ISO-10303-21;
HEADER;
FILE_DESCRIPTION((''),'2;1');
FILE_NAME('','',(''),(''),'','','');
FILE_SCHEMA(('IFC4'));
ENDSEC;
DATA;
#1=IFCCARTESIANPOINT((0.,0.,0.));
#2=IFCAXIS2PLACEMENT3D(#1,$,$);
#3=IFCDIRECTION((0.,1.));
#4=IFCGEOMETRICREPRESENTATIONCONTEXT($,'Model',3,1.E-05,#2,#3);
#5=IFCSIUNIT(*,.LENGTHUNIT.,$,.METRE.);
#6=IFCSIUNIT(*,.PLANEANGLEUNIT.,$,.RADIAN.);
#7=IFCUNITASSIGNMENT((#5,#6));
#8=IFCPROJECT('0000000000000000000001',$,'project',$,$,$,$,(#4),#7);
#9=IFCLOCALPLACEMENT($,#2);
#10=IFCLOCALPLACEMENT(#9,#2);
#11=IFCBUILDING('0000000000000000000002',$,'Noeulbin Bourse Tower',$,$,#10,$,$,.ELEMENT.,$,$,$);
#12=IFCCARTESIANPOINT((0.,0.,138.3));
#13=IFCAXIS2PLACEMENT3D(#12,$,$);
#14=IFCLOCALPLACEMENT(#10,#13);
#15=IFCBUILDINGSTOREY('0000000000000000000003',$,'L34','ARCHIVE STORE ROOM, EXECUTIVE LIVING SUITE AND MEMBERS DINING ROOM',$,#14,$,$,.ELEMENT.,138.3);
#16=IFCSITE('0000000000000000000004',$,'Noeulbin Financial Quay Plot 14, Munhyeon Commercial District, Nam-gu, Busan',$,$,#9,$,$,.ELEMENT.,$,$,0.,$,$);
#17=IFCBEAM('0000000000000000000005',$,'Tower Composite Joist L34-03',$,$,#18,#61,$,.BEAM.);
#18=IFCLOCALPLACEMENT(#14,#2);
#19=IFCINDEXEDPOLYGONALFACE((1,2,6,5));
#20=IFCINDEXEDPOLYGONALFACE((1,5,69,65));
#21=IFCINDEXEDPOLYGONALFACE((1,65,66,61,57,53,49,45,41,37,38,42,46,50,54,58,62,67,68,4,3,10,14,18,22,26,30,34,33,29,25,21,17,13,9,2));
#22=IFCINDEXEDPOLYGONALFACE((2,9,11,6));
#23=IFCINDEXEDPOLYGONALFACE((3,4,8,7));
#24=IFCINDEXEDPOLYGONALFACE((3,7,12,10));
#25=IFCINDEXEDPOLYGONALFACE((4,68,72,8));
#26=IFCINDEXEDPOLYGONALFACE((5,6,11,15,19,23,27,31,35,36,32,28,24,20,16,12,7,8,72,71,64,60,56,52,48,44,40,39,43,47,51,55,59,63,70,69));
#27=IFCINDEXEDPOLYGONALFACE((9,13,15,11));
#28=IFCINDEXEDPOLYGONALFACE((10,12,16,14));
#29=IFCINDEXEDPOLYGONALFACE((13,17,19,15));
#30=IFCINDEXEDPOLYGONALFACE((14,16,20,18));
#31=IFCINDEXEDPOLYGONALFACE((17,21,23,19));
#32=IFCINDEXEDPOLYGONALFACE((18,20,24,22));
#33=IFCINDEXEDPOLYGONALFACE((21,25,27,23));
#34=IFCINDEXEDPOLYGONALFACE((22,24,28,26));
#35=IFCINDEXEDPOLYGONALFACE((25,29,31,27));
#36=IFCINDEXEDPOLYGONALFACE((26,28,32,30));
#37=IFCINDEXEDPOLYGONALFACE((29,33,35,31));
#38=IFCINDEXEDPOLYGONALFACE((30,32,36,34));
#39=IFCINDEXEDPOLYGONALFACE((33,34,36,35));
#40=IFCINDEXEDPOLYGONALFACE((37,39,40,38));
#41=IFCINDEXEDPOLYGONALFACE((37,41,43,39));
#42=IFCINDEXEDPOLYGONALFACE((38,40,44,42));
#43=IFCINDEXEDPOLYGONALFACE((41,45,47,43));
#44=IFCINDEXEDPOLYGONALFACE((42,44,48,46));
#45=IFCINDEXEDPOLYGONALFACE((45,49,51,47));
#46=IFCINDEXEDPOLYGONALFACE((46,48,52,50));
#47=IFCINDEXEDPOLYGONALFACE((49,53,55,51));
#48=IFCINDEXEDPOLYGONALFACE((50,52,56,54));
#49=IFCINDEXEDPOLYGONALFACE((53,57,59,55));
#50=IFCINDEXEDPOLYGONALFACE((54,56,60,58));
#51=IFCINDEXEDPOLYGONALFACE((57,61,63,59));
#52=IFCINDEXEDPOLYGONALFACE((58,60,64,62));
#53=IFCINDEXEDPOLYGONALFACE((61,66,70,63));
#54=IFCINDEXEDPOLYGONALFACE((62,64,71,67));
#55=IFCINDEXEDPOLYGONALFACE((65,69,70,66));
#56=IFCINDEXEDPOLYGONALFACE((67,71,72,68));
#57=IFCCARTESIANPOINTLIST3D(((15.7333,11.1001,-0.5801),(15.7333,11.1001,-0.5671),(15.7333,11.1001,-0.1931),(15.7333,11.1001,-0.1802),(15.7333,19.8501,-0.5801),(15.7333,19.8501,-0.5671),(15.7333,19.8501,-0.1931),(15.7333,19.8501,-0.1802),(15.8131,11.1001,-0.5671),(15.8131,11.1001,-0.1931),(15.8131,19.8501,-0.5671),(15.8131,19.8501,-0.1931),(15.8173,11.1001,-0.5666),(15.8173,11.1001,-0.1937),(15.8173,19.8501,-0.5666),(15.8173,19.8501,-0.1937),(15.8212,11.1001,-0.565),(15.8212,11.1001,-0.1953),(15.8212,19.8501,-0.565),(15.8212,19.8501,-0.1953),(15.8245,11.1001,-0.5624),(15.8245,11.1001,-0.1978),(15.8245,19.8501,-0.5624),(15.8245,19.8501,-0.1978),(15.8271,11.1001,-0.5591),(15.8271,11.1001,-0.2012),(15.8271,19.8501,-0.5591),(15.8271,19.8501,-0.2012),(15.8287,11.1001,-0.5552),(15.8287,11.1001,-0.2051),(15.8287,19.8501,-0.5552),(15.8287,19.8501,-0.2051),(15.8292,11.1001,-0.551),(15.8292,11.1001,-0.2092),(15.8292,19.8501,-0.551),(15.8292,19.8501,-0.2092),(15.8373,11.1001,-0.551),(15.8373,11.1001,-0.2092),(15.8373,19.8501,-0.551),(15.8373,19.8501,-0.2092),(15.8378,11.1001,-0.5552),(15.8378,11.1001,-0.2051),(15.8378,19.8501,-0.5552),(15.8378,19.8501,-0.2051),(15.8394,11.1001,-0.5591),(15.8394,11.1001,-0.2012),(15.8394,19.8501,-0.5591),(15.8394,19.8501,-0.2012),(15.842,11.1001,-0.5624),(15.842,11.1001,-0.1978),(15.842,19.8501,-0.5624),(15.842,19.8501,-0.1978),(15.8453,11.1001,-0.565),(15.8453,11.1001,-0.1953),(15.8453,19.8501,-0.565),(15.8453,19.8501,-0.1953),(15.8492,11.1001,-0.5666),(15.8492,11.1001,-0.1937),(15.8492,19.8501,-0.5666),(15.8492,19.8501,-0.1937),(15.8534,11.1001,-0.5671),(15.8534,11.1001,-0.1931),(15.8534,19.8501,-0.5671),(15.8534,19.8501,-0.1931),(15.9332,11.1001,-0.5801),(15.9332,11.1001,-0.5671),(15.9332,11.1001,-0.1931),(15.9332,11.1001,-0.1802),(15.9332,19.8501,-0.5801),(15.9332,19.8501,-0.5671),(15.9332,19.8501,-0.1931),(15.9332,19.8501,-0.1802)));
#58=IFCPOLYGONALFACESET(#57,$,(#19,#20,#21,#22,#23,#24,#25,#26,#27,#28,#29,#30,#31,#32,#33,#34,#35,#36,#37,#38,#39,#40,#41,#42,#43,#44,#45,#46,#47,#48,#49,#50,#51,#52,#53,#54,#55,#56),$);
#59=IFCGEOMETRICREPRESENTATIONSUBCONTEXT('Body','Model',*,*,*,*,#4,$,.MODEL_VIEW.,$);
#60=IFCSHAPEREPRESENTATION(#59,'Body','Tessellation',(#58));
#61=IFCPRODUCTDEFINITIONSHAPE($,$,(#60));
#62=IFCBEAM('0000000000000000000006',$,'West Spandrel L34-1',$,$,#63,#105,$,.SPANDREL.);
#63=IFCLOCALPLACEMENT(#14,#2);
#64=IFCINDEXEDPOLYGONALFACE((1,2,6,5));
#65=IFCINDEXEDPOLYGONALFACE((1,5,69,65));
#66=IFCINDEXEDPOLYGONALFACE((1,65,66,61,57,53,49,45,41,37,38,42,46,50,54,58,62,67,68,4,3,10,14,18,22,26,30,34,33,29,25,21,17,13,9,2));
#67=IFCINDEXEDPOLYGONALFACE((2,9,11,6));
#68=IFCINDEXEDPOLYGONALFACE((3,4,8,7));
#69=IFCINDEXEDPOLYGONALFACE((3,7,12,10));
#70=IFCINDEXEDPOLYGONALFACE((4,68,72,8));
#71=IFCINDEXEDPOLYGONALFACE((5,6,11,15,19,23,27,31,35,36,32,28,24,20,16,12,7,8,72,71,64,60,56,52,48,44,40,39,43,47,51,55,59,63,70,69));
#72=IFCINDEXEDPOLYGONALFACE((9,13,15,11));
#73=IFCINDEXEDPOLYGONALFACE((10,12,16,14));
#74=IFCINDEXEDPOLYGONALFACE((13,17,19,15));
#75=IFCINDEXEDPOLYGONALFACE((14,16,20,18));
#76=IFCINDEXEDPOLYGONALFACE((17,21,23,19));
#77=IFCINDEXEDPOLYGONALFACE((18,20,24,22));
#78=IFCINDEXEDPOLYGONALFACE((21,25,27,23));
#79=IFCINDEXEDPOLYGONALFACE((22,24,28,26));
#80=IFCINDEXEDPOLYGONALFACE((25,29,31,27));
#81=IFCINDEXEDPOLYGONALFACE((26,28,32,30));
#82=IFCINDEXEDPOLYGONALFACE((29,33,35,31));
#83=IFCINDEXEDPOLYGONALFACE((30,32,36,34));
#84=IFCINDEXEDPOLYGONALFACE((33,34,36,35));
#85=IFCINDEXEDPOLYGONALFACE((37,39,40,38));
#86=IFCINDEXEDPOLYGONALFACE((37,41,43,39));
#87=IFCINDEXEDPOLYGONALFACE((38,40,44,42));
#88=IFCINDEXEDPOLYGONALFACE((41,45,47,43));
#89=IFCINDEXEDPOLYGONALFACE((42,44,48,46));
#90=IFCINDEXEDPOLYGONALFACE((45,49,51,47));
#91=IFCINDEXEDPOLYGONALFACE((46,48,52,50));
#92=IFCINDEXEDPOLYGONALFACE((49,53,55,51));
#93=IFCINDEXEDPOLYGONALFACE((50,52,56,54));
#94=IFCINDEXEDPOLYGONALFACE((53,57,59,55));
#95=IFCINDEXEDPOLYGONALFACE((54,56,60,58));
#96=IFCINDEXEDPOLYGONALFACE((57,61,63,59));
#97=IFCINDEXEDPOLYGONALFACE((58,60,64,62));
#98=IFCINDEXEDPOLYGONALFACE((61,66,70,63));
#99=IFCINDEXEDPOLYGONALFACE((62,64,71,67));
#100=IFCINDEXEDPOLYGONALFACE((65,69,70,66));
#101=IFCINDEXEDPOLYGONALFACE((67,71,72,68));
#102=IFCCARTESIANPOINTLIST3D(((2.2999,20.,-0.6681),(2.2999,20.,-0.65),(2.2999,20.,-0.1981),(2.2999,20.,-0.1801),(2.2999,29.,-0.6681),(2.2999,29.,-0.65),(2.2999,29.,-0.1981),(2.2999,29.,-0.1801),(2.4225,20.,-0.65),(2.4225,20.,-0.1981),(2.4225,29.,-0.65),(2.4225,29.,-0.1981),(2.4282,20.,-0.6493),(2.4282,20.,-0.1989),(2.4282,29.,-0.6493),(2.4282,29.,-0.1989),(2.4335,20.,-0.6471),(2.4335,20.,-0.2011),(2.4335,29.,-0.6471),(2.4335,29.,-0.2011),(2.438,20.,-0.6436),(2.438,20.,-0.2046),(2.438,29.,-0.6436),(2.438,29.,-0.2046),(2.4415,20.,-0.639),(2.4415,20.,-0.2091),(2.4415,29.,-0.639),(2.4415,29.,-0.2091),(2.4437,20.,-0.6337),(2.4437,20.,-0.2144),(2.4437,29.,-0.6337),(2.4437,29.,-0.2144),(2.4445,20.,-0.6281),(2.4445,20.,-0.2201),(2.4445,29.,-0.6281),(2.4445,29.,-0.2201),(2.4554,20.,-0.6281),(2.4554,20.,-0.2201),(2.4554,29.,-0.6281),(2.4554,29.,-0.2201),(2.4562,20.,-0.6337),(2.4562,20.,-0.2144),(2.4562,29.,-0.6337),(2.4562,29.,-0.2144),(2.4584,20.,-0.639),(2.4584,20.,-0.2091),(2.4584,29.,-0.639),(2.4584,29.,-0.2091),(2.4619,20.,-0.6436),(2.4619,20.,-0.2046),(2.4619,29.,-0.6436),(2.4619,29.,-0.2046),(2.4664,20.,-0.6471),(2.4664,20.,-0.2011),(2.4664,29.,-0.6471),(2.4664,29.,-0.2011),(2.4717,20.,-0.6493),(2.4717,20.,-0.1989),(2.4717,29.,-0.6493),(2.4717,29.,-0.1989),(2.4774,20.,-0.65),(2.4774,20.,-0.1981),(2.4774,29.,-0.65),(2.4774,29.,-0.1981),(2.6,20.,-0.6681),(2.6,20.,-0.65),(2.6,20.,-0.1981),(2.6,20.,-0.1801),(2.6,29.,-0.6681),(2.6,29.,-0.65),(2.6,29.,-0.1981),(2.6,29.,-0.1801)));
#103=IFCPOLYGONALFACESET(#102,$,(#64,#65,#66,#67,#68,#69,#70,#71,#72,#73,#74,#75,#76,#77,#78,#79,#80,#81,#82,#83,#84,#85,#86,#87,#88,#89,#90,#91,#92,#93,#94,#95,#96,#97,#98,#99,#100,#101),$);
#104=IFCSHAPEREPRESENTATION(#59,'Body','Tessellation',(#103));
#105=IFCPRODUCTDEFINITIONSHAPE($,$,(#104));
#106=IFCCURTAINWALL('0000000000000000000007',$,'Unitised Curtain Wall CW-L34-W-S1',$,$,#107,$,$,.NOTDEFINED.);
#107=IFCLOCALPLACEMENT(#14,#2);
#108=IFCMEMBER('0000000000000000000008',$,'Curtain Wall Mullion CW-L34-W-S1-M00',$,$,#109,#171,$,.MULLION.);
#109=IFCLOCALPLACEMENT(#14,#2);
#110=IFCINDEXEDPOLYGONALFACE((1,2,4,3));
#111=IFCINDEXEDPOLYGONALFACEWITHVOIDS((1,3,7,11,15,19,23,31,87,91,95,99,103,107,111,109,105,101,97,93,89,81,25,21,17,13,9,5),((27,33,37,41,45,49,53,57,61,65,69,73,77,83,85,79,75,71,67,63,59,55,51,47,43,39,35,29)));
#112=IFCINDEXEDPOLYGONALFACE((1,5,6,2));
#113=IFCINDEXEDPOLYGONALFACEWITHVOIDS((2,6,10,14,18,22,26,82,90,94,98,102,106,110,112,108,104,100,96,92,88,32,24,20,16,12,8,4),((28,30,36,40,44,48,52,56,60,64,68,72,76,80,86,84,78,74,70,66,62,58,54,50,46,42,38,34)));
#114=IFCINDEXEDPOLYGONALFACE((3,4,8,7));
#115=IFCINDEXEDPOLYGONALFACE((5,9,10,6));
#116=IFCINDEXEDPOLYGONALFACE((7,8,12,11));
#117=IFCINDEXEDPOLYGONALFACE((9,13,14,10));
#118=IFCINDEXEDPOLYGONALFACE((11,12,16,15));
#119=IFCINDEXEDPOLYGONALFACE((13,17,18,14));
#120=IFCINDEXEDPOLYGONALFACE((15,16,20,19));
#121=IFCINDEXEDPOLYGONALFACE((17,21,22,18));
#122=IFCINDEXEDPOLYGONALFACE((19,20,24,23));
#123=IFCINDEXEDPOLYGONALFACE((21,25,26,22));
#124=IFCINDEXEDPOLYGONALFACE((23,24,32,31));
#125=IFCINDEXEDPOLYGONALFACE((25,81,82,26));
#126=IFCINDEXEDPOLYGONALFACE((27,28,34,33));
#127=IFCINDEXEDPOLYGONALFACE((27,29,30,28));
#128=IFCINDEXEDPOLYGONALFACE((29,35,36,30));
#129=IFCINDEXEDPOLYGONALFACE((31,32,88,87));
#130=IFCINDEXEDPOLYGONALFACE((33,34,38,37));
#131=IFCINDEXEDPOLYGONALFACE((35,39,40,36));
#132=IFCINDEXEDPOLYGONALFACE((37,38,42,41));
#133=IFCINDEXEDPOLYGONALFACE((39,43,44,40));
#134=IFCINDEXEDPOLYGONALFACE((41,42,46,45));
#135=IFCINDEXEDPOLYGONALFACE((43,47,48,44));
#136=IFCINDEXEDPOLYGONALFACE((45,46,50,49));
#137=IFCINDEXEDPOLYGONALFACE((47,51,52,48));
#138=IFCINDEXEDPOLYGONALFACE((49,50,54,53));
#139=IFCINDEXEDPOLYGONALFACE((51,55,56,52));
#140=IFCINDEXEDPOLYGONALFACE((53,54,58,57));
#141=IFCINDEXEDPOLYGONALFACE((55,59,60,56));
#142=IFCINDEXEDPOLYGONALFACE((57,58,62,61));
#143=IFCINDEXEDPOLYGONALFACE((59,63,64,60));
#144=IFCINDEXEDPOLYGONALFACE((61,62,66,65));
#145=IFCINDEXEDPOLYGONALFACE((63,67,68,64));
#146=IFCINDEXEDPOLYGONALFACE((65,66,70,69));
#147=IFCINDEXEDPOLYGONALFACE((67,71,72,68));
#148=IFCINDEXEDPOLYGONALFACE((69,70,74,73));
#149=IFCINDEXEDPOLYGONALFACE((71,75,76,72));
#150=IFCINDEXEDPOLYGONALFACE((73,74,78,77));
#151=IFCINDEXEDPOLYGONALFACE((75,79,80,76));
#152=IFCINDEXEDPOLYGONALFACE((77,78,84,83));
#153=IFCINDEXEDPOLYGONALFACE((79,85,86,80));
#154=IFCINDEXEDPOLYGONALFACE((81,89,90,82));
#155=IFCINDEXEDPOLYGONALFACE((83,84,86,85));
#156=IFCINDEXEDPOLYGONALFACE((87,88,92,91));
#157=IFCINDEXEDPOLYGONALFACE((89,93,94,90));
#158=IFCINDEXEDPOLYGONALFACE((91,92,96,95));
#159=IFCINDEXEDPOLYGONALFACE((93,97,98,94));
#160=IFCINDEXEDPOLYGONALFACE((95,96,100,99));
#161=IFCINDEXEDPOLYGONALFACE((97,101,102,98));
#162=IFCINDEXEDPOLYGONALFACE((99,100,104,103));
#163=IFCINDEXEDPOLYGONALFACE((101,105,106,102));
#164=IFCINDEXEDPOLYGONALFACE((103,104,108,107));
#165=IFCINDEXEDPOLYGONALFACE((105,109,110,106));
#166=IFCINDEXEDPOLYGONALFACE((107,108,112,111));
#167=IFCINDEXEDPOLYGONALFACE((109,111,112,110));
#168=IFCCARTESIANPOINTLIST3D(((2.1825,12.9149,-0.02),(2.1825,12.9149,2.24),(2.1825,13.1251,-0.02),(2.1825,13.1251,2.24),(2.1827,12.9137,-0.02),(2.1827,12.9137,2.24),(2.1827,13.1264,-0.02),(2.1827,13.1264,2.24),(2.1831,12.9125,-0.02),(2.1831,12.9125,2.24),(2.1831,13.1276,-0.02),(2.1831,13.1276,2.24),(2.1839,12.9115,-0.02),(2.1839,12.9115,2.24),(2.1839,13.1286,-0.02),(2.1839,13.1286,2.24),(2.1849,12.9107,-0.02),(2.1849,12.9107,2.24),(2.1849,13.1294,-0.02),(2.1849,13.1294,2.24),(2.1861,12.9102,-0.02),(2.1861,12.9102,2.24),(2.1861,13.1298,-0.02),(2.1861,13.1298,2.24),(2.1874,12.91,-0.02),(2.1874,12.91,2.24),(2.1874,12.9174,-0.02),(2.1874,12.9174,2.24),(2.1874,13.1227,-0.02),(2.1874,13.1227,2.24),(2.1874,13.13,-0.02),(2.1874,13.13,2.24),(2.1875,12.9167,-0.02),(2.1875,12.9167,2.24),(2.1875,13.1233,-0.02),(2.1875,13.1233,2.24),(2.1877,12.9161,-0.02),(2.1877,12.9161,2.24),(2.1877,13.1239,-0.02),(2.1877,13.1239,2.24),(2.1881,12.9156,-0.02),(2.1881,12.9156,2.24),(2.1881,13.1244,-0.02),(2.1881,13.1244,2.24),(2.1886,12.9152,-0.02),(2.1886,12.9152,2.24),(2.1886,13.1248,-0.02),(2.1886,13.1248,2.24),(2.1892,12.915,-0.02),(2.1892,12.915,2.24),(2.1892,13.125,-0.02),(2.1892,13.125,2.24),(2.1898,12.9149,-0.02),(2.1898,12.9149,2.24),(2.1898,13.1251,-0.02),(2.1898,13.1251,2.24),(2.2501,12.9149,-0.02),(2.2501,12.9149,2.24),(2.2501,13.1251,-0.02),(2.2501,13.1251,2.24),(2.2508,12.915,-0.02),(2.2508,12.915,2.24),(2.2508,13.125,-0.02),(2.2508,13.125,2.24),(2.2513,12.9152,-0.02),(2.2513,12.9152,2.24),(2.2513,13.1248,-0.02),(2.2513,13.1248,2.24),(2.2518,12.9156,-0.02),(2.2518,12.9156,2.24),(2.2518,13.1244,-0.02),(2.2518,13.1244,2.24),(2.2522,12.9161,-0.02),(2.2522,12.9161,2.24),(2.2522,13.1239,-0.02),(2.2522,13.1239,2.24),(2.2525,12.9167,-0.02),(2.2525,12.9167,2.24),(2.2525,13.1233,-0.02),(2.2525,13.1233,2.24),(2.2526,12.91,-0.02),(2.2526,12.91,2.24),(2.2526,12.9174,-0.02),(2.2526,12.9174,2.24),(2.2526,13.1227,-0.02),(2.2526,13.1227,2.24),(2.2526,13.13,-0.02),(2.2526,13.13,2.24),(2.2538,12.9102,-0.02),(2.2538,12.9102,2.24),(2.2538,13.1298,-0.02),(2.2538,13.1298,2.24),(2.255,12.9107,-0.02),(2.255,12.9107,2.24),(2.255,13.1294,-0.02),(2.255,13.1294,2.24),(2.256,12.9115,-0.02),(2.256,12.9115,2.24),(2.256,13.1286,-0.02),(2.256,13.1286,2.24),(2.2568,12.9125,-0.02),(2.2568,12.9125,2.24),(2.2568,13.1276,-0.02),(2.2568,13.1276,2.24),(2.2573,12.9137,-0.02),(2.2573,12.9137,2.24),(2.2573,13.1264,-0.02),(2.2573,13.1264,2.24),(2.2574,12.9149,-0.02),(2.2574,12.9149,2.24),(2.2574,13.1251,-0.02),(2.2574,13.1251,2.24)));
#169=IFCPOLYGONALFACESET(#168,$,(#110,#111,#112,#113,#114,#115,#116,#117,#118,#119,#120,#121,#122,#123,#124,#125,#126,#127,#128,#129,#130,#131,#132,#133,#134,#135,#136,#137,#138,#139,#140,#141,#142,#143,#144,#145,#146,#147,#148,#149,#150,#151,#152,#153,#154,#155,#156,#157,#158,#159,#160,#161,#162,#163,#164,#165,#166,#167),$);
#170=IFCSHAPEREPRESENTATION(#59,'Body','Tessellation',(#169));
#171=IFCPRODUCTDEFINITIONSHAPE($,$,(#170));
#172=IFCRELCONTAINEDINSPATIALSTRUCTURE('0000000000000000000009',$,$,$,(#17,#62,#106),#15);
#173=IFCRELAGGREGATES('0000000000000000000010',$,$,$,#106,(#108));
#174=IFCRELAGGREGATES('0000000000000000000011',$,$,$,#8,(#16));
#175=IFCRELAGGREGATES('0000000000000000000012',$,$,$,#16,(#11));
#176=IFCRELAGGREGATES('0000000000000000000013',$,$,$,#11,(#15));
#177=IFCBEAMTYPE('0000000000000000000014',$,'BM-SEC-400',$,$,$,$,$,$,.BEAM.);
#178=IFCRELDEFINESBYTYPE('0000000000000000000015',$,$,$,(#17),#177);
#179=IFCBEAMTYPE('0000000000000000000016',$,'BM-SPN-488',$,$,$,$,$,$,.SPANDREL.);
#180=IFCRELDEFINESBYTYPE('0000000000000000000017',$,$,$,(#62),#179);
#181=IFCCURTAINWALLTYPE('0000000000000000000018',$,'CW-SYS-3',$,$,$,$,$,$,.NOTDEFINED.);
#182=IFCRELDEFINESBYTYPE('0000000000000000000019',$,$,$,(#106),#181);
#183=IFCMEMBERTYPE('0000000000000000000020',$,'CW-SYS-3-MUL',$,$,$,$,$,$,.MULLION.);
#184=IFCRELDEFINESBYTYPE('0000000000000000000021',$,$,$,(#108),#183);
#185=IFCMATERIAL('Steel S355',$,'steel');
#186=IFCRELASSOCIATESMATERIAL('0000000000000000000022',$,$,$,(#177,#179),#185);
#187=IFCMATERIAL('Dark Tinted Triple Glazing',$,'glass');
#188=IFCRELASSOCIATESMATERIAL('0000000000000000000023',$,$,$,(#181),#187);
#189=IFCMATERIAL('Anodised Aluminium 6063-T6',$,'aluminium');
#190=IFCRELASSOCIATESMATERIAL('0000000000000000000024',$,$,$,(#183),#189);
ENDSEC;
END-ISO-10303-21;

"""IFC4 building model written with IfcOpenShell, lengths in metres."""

from ifc_helpers import new_model, si_unit, direction, frame, origin, origin_2d, place, context, subcontext, project, spatial, hollow_rectangle, i_section, extrude, material, material_profile, profile_set, type_object, element, aggregate, save


model = new_model("IFC4")

# Units and contexts
model_context = context("Model", 3, precision=1e-05, world=origin(), true_north=direction((0.0, 1.0)))
body_context = subcontext(model_context, "Body", "Model", "MODEL_VIEW")
ifc_project = project(units=[si_unit("LENGTHUNIT", "METRE"), si_unit("PLANEANGLEUNIT", "RADIAN")], contexts=[model_context])

# Site, building, storey
site_placement = place(None, origin())
site = spatial("IfcSite", under=ifc_project, at=site_placement, Name="Noeulbin Financial Quay Plot 14, Munhyeon Commercial District, Nam-gu, Busan", CompositionType="ELEMENT", RefElevation=0.0)
building_placement = place(site_placement, origin())
building = spatial("IfcBuilding", under=site, at=building_placement, Name="Noeulbin Bourse Tower", CompositionType="ELEMENT")
storey_placement = place(building_placement, frame((0.0, 0.0, 138.3)))
storey = spatial("IfcBuildingStorey", under=building, at=storey_placement, Name="L34", Description="ARCHIVE STORE ROOM, EXECUTIVE LIVING SUITE AND MEMBERS DINING ROOM", CompositionType="ELEMENT", Elevation=138.3)

# Shared definitions
ifc_material_1 = material(Name="Steel S355", Category="steel")

# Beams
ifc_material_profile_1 = material_profile(ifc_material_1, i_section(OverallWidth=0.2, OverallDepth=0.3999, WebThickness=0.0081, FlangeThickness=0.0129, FilletRadius=0.0161, at=origin_2d()), Name="H-400x200x8x13", Category="LoadBearing")
ifc_profile_set_1 = profile_set([ifc_material_profile_1], Name="Steel S355")
beam_type_1 = type_object("IfcBeamType", Name="BM-SEC-400", PredefinedType="BEAM", material=ifc_profile_set_1)
beam_1_placement = place(storey_placement, frame((15.8333, 11.1001, -0.3801), z_axis=(0.0, 1.0, 0.0), x_axis=(-1.0, 0.0, 0.0)))
element("IfcBeam", 1, at=beam_1_placement, inside=storey, type_object=beam_type_1, Name="Tower Composite Joist L34-03", PredefinedType="BEAM", context=body_context, shape_type="SweptSolid", body=[
    extrude(i_section(OverallWidth=0.2, OverallDepth=0.3999, WebThickness=0.0081, FlangeThickness=0.0129, FilletRadius=0.0161, at=origin_2d()), origin(), (0.0, 0.0, 1.0), 8.75),
])
ifc_material_profile_2 = material_profile(ifc_material_1, i_section(OverallWidth=0.3, OverallDepth=0.488, WebThickness=0.011, FlangeThickness=0.0181, FilletRadius=0.022, at=origin_2d()), Name="H-488x300x11x18", Category="LoadBearing")
ifc_profile_set_2 = profile_set([ifc_material_profile_2], Name="Steel S355")
beam_type_2 = type_object("IfcBeamType", Name="BM-SPN-488", PredefinedType="SPANDREL", material=ifc_profile_set_2)
beam_2_placement = place(storey_placement, frame((2.45, 20.0, -0.4241), z_axis=(0.0, 1.0, 0.0), x_axis=(-1.0, 0.0, 0.0)))
element("IfcBeam", 2, at=beam_2_placement, inside=storey, type_object=beam_type_2, Name="West Spandrel L34-1", PredefinedType="SPANDREL", context=body_context, shape_type="SweptSolid", body=[
    extrude(i_section(OverallWidth=0.3, OverallDepth=0.488, WebThickness=0.011, FlangeThickness=0.0181, FilletRadius=0.022, at=origin_2d()), origin(), (0.0, 0.0, 1.0), 9.0),
])

# Curtain wall, member
ifc_material_2 = material(Name="Dark Tinted Triple Glazing", Category="glass")
curtain_wall_type = type_object("IfcCurtainWallType", Name="CW-SYS-3", PredefinedType="NOTDEFINED", material=ifc_material_2)
curtain_wall_placement = place(storey_placement, origin())
curtain_wall = element("IfcCurtainWall", 3, at=curtain_wall_placement, inside=storey, type_object=curtain_wall_type, Name="Unitised Curtain Wall CW-L34-W-S1", PredefinedType="NOTDEFINED")
ifc_material_3 = material(Name="Anodised Aluminium 6063-T6", Category="aluminium")
ifc_material_profile_3 = material_profile(ifc_material_3, hollow_rectangle(XDim=0.075, YDim=0.22, WallThickness=0.0049, InnerFilletRadius=0.0024, OuterFilletRadius=0.0049, at=origin_2d()), Name="ALU-MULL-75x220x5", Category="LoadBearing")
ifc_profile_set_3 = profile_set([ifc_material_profile_3], Name="Anodised Aluminium 6063-T6")
member_type_1 = type_object("IfcMemberType", Name="CW-SYS-3-MUL", PredefinedType="MULLION", material=ifc_profile_set_3)
member_1_placement = place(storey_placement, frame((2.22, 13.02, -0.02), z_axis=(0.0, 0.0, 1.0), x_axis=(1.0, 0.0, 0.0)))
member_1 = element("IfcMember", 4, at=member_1_placement, type_object=member_type_1, Name="Curtain Wall Mullion CW-L34-W-S1-M00", PredefinedType="MULLION", context=body_context, shape_type="SweptSolid", body=[
    extrude(hollow_rectangle(XDim=0.075, YDim=0.22, WallThickness=0.0049, InnerFilletRadius=0.0024, OuterFilletRadius=0.0049, at=origin_2d()), origin(), (0.0, 0.0, 1.0), 2.26),
])
aggregate(curtain_wall, [member_1])

save(model, "model.ifc")
